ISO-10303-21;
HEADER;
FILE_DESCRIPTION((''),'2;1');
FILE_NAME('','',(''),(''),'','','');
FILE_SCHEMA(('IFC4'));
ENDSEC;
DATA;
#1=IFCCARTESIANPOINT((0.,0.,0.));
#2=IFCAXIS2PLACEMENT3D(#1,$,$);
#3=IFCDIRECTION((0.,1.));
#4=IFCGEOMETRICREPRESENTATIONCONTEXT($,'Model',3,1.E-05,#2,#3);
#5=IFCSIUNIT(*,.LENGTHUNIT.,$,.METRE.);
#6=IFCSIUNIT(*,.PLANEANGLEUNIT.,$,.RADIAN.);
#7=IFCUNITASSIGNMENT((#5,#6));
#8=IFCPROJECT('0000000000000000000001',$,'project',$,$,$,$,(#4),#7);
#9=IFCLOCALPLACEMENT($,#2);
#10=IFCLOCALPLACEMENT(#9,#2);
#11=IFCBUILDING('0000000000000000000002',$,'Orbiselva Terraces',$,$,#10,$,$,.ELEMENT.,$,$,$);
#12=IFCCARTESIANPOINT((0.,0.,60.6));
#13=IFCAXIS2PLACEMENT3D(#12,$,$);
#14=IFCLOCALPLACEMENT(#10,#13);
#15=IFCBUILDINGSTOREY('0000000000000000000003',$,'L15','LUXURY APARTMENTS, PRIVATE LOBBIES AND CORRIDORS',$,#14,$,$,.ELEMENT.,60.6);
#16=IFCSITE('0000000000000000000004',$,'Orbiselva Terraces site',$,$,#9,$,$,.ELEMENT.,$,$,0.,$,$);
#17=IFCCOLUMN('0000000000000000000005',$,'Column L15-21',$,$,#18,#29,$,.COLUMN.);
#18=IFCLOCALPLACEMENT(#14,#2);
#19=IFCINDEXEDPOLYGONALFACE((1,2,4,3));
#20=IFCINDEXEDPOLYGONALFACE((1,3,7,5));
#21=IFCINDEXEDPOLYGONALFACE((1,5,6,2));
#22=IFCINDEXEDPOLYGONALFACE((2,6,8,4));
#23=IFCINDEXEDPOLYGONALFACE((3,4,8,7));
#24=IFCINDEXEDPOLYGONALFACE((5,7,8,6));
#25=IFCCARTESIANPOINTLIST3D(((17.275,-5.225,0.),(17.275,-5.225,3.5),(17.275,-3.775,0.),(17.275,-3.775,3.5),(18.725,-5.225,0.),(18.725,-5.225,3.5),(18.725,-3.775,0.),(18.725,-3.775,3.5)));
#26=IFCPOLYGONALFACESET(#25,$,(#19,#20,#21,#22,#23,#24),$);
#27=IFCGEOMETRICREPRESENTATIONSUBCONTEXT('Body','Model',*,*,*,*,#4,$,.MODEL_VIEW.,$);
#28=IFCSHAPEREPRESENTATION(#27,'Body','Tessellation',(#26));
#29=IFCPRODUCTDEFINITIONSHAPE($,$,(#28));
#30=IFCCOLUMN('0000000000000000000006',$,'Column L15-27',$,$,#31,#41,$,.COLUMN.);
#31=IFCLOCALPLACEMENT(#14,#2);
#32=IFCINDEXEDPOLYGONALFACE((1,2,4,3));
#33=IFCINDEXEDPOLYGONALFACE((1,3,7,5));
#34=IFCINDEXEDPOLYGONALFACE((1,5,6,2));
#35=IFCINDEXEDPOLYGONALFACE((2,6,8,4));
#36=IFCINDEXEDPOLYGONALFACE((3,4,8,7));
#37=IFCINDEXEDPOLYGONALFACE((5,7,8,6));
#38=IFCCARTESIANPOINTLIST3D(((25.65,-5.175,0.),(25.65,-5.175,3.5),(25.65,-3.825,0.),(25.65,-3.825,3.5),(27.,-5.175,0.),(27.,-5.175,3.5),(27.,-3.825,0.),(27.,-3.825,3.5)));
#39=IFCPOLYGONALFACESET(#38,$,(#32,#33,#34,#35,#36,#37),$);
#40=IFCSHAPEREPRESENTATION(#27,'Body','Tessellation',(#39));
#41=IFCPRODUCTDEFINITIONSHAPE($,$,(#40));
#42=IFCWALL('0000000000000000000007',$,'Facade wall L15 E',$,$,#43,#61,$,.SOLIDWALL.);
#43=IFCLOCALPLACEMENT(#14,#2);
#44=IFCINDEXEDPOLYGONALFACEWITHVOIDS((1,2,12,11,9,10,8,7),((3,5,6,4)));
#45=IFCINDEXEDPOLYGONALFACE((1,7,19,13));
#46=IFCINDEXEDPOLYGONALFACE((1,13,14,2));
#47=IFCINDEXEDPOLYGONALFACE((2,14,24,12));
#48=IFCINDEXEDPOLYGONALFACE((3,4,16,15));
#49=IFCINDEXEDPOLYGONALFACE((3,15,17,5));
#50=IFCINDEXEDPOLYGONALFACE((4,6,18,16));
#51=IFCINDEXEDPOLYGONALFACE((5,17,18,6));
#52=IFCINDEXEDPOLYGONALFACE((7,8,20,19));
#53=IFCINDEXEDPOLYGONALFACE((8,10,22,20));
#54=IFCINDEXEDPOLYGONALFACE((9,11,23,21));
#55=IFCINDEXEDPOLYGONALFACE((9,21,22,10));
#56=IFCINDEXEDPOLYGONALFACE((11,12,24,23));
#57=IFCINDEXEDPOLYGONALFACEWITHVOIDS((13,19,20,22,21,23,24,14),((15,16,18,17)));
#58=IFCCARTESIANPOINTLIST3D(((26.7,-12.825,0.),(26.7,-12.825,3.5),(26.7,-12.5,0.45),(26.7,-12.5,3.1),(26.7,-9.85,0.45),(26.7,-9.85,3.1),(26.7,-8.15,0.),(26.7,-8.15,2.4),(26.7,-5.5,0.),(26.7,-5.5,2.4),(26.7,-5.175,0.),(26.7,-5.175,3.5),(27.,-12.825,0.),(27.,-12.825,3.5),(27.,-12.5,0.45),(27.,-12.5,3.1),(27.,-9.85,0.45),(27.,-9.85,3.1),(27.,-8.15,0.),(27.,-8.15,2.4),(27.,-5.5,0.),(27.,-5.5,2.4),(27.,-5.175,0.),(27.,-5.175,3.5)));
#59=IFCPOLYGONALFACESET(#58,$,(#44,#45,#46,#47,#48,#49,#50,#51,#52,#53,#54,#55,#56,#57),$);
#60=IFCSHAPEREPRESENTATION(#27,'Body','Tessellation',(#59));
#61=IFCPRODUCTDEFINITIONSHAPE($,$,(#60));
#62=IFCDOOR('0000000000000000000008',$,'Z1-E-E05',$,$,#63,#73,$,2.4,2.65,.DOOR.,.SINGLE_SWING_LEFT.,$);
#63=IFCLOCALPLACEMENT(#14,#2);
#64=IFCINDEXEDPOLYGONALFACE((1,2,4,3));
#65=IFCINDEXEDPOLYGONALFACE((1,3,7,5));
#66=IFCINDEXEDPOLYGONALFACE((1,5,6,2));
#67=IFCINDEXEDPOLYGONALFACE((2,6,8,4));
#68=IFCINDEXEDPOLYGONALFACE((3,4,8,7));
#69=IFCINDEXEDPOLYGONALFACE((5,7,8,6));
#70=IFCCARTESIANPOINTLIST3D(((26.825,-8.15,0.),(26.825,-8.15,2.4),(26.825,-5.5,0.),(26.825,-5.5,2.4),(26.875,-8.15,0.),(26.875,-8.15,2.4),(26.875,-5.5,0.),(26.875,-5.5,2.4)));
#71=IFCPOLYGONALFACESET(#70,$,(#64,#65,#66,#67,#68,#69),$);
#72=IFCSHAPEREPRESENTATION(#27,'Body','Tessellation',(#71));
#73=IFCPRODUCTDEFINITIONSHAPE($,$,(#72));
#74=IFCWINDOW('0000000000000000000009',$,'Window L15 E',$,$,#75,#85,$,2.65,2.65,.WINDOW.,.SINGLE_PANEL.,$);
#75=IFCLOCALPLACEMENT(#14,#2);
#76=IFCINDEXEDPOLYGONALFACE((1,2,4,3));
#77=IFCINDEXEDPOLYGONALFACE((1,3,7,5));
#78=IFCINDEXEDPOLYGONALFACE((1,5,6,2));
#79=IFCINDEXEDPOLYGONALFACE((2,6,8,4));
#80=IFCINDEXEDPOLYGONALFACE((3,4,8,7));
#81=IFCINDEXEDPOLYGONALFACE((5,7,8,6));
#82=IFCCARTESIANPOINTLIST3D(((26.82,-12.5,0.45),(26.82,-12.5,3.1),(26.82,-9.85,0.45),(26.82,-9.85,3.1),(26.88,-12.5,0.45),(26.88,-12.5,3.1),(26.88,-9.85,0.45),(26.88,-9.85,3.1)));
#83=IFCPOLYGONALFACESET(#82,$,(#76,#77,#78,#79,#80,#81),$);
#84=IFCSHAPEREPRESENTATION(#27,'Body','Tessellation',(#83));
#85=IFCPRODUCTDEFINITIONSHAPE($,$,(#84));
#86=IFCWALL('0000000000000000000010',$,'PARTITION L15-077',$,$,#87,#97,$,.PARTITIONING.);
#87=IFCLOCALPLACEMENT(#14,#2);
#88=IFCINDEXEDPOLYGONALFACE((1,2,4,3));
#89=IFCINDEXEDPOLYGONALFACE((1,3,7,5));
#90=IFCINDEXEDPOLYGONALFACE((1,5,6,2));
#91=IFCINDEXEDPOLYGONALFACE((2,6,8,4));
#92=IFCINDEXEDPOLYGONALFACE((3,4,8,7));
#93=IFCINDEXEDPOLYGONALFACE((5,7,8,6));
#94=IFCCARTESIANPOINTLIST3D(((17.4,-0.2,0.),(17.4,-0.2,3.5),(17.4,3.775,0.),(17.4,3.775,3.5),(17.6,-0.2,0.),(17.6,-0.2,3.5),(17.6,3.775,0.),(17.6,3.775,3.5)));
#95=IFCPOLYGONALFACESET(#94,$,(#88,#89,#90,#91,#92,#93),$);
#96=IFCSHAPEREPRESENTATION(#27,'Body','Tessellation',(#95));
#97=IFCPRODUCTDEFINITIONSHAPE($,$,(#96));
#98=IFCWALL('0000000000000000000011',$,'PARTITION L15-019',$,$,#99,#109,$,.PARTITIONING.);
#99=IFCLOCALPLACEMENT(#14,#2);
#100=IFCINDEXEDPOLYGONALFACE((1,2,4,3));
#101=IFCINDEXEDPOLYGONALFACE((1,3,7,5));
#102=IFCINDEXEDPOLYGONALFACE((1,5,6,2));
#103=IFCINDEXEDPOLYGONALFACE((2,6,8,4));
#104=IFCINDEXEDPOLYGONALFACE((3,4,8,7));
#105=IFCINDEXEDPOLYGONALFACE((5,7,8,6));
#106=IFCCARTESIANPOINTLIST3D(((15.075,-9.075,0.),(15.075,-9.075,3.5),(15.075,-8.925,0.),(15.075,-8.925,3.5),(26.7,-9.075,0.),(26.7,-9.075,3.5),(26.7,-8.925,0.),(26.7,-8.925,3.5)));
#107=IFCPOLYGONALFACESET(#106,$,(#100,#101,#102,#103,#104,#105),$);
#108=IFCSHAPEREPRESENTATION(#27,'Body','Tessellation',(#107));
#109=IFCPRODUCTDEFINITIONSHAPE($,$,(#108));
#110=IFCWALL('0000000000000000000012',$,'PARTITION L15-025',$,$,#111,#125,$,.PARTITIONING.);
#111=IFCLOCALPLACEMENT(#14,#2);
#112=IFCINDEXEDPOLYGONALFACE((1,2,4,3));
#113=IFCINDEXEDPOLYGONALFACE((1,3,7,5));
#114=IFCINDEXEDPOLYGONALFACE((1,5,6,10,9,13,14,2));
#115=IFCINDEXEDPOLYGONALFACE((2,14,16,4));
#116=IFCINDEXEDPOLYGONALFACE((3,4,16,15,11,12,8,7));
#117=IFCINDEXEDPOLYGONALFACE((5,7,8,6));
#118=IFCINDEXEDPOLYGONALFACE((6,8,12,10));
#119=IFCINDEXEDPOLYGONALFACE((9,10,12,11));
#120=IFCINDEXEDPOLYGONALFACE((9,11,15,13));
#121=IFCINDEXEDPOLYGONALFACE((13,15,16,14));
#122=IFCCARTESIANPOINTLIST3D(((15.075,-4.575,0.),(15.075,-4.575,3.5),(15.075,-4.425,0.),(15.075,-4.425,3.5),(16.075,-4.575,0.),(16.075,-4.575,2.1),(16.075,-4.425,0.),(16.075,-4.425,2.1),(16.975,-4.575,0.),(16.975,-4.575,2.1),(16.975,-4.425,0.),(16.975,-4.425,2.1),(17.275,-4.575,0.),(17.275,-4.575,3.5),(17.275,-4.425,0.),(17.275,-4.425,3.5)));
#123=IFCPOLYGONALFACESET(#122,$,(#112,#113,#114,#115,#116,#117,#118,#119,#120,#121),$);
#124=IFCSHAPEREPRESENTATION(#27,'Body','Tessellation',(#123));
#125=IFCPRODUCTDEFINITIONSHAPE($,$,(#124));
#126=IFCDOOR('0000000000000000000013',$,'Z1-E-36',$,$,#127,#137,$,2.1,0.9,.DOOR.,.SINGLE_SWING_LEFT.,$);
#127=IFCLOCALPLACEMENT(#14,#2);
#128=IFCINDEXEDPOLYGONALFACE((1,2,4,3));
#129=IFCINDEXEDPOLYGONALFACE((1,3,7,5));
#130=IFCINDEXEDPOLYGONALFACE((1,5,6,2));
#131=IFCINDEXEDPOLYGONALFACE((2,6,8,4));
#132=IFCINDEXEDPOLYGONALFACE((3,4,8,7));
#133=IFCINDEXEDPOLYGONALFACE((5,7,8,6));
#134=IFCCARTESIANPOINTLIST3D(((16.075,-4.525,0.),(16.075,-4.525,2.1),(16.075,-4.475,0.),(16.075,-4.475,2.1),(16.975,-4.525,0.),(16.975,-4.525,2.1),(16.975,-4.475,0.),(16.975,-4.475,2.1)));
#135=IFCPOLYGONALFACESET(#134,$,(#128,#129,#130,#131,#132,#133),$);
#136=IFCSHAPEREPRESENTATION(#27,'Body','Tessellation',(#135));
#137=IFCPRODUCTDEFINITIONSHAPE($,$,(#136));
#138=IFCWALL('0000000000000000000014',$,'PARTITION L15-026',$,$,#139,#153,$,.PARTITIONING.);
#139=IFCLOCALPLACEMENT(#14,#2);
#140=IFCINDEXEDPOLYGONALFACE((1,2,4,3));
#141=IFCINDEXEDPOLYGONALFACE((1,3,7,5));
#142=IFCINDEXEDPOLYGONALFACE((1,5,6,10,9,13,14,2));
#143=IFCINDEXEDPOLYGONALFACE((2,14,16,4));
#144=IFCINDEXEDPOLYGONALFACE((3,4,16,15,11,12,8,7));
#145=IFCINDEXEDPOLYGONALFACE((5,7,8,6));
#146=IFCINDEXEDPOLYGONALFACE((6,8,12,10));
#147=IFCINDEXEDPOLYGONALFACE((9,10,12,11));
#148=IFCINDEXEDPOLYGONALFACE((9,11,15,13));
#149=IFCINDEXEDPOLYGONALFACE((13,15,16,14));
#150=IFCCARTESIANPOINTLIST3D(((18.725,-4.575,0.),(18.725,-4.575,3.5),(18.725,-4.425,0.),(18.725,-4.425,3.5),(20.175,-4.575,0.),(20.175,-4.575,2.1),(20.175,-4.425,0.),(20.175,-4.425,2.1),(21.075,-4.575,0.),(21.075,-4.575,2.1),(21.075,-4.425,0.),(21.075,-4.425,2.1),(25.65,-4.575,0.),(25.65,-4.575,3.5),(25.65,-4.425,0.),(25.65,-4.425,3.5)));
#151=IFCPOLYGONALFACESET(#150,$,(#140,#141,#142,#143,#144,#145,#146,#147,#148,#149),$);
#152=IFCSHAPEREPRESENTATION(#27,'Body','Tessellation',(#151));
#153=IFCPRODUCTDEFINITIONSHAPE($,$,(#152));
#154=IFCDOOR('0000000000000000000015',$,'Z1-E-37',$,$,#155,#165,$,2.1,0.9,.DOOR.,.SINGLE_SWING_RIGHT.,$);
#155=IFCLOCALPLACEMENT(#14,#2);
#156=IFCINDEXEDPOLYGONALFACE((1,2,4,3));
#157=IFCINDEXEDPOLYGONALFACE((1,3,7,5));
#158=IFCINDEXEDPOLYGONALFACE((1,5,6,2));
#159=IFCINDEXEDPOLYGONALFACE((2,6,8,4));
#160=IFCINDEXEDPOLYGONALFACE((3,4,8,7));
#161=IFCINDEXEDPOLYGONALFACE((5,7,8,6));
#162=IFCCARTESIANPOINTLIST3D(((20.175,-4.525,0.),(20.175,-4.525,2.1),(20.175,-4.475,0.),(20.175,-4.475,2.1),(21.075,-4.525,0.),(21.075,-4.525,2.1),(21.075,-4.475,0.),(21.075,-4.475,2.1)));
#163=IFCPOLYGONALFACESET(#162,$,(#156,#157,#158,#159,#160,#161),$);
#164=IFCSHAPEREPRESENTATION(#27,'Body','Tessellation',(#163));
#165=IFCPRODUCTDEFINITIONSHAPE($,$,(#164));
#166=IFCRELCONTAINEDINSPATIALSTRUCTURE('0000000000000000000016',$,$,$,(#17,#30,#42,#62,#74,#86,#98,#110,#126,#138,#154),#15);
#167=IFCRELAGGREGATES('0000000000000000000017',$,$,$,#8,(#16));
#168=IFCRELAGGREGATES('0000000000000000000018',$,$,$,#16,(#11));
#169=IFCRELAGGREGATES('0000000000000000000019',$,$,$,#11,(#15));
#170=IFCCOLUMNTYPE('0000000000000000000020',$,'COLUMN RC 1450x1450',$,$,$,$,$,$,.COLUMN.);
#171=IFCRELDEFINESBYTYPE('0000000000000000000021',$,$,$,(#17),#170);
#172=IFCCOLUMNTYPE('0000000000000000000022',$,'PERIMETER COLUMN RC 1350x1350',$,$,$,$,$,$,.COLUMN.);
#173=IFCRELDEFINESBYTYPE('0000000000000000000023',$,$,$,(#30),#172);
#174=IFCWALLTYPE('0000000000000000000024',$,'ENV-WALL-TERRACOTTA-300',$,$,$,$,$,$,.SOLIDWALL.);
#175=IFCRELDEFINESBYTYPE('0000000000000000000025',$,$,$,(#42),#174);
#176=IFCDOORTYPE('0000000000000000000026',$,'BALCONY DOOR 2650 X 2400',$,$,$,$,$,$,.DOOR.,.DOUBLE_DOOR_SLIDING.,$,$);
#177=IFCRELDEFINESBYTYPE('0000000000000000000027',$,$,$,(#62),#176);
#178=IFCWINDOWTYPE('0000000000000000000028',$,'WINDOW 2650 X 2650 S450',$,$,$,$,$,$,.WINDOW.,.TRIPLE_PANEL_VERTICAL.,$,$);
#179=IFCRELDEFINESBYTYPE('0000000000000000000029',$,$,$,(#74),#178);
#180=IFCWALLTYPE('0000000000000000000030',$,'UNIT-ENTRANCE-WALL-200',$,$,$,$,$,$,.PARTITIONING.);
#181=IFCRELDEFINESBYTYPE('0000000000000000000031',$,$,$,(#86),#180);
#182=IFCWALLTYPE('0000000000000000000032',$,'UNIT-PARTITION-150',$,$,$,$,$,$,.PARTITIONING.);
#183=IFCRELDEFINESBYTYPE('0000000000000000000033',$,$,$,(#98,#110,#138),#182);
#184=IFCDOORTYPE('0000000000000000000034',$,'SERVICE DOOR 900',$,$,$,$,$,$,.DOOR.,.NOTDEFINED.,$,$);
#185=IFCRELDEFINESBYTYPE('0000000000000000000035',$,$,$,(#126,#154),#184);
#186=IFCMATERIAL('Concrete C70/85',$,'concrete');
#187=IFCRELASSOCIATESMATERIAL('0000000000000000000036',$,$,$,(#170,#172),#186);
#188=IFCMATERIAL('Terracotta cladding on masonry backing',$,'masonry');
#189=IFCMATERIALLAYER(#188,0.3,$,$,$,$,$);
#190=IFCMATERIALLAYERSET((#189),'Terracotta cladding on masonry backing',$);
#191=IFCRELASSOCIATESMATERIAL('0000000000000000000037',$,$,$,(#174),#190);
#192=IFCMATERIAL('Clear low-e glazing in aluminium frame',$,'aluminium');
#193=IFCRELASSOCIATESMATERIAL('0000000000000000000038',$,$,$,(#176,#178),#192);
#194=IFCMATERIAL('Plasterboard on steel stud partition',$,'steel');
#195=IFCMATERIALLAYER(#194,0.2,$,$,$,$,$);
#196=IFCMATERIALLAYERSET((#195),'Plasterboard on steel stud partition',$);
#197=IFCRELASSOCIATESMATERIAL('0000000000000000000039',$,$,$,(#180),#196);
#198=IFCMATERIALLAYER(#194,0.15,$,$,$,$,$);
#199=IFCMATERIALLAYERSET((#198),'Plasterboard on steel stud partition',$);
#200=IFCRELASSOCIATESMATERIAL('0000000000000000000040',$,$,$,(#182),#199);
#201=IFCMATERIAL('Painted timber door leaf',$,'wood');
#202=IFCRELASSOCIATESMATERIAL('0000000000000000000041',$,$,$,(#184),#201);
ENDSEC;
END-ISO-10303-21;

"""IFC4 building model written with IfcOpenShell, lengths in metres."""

from ifc_helpers import new_model, si_unit, direction, frame, frame_2d, origin, origin_2d, place, context, subcontext, project, spatial, rectangle, extrude, material, layer, layer_set, material_profile, profile_set, type_object, element, fill, save


model = new_model("IFC4")

# Units and contexts
model_context = context("Model", 3, precision=1e-05, world=origin(), true_north=direction((0.0, 1.0)))
body_context = subcontext(model_context, "Body", "Model", "MODEL_VIEW")
ifc_project = project(units=[si_unit("LENGTHUNIT", "METRE"), si_unit("PLANEANGLEUNIT", "RADIAN")], contexts=[model_context])

# Site, building, storey
site_placement = place(None, origin())
site = spatial("IfcSite", under=ifc_project, at=site_placement, Name="Orbiselva Terraces site", CompositionType="ELEMENT", RefElevation=0.0)
building_placement = place(site_placement, origin())
building = spatial("IfcBuilding", under=site, at=building_placement, Name="Orbiselva Terraces", CompositionType="ELEMENT")
storey_placement = place(building_placement, frame((0.0, 0.0, 60.6)))
storey = spatial("IfcBuildingStorey", under=building, at=storey_placement, Name="L15", Description="LUXURY APARTMENTS, PRIVATE LOBBIES AND CORRIDORS", CompositionType="ELEMENT", Elevation=60.6)

# Columns
ifc_material_1 = material(Name="Concrete C70/85", Category="concrete")
ifc_material_profile_1 = material_profile(ifc_material_1, rectangle(XDim=1.45, YDim=1.45, at=origin_2d()), Name="RC 1450x1450")
ifc_profile_set_1 = profile_set([ifc_material_profile_1], Name="Concrete C70/85")
column_type_1 = type_object("IfcColumnType", Name="COLUMN RC 1450x1450", PredefinedType="COLUMN", material=ifc_profile_set_1)
column_1_placement = place(storey_placement, frame((18.0, -4.5, 0.0), z_axis=(0.0, 0.0, 1.0), x_axis=(1.0, 0.0, 0.0)))
element("IfcColumn", 1, at=column_1_placement, inside=storey, type_object=column_type_1, Name="Column L15-21", PredefinedType="COLUMN", context=body_context, shape_type="SweptSolid", body=[
    extrude(rectangle(XDim=1.45, YDim=1.45, at=origin_2d()), origin(), (0.0, 0.0, 1.0), 3.5),
])
ifc_material_profile_2 = material_profile(ifc_material_1, rectangle(XDim=1.35, YDim=1.35, at=origin_2d()), Name="RC 1350x1350")
ifc_profile_set_2 = profile_set([ifc_material_profile_2], Name="Concrete C70/85")
column_type_2 = type_object("IfcColumnType", Name="PERIMETER COLUMN RC 1350x1350", PredefinedType="COLUMN", material=ifc_profile_set_2)
column_2_placement = place(storey_placement, frame((26.325, -4.5, 0.0), z_axis=(0.0, 0.0, 1.0), x_axis=(1.0, 0.0, 0.0)))
element("IfcColumn", 2, at=column_2_placement, inside=storey, type_object=column_type_2, Name="Column L15-27", PredefinedType="COLUMN", context=body_context, shape_type="SweptSolid", body=[
    extrude(rectangle(XDim=1.35, YDim=1.35, at=origin_2d()), origin(), (0.0, 0.0, 1.0), 3.5),
])

# Wall, openings, door, window
ifc_material_2 = material(Name="Terracotta cladding on masonry backing", Category="masonry")
ifc_layer_1 = layer(ifc_material_2, 0.3)
ifc_layer_set_1 = layer_set([ifc_layer_1], Name="Terracotta cladding on masonry backing")
wall_type_1 = type_object("IfcWallType", Name="ENV-WALL-TERRACOTTA-300", PredefinedType="SOLIDWALL", material=ifc_layer_set_1)
wall_1_placement = place(storey_placement, frame((26.85, -5.175, 0.0), z_axis=(0.0, 0.0, 1.0), x_axis=(0.0, -1.0, 0.0)))
wall_1 = element("IfcWall", 3, at=wall_1_placement, inside=storey, type_object=wall_type_1, Name="Facade wall L15 E", PredefinedType="SOLIDWALL", context=body_context, shape_type="SweptSolid", body=[
    extrude(rectangle(XDim=7.65, YDim=0.3, at=frame_2d((3.825, 0.0))), origin(), (0.0, 0.0, 1.0), 3.5),
])
opening_1_placement = place(wall_1_placement, frame((4.675, 0.0, 0.45)))
opening_1 = element("IfcOpeningElement", 4, at=opening_1_placement, cuts=wall_1, PredefinedType="OPENING", context=body_context, shape_type="SweptSolid", body=[
    extrude(rectangle(XDim=2.65, YDim=2.65, at=frame_2d((1.325, 1.325))), frame((0.0, 0.16, 0.0), z_axis=(0.0, -1.0, 0.0), x_axis=(1.0, 0.0, 0.0)), (0.0, 0.0, 1.0), 0.32),
])
opening_2_placement = place(wall_1_placement, frame((0.325, 0.0, 0.0)))
opening_2 = element("IfcOpeningElement", 5, at=opening_2_placement, cuts=wall_1, PredefinedType="OPENING", context=body_context, shape_type="SweptSolid", body=[
    extrude(rectangle(XDim=2.65, YDim=2.4, at=frame_2d((1.325, 1.2))), frame((0.0, 0.16, 0.0), z_axis=(0.0, -1.0, 0.0), x_axis=(1.0, 0.0, 0.0)), (0.0, 0.0, 1.0), 0.32),
])
ifc_material_3 = material(Name="Clear low-e glazing in aluminium frame", Category="aluminium")
door_type_1 = type_object("IfcDoorType", Name="BALCONY DOOR 2650 X 2400", OperationType="DOUBLE_DOOR_SLIDING", PredefinedType="DOOR", material=ifc_material_3)
door_1_placement = place(opening_2_placement, origin())
door_1 = element("IfcDoor", 6, at=door_1_placement, inside=storey, type_object=door_type_1, Name="Z1-E-E05", OperationType="SINGLE_SWING_LEFT", OverallHeight=2.4, OverallWidth=2.65, PredefinedType="DOOR", context=body_context, shape_type="SweptSolid", body=[
    extrude(rectangle(XDim=2.65, YDim=2.4, at=frame_2d((1.325, 1.2))), frame((0.0, 0.025, 0.0), z_axis=(0.0, -1.0, 0.0), x_axis=(1.0, 0.0, 0.0)), (0.0, 0.0, 1.0), 0.05),
])
fill(opening_2, door_1)
window_type = type_object("IfcWindowType", Name="WINDOW 2650 X 2650 S450", PartitioningType="TRIPLE_PANEL_VERTICAL", PredefinedType="WINDOW", material=ifc_material_3)
window_placement = place(opening_1_placement, origin())
window = element("IfcWindow", 7, at=window_placement, inside=storey, type_object=window_type, Name="Window L15 E", OverallHeight=2.65, OverallWidth=2.65, PartitioningType="SINGLE_PANEL", PredefinedType="WINDOW", context=body_context, shape_type="SweptSolid", body=[
    extrude(rectangle(XDim=2.65, YDim=2.65, at=frame_2d((1.325, 1.325))), frame((0.0, 0.03, 0.0), z_axis=(0.0, -1.0, 0.0), x_axis=(1.0, 0.0, 0.0)), (0.0, 0.0, 1.0), 0.06),
])
fill(opening_1, window)

# Walls
ifc_material_4 = material(Name="Plasterboard on steel stud partition", Category="steel")
ifc_layer_2 = layer(ifc_material_4, 0.2)
ifc_layer_set_2 = layer_set([ifc_layer_2], Name="Plasterboard on steel stud partition")
wall_type_2 = type_object("IfcWallType", Name="UNIT-ENTRANCE-WALL-200", PredefinedType="PARTITIONING", material=ifc_layer_set_2)
wall_2_placement = place(storey_placement, frame((17.5, -0.2, 0.0), z_axis=(0.0, 0.0, 1.0), x_axis=(0.0, 1.0, 0.0)))
element("IfcWall", 8, at=wall_2_placement, inside=storey, type_object=wall_type_2, Name="PARTITION L15-077", PredefinedType="PARTITIONING", context=body_context, shape_type="SweptSolid", body=[
    extrude(rectangle(XDim=3.975, YDim=0.2, at=frame_2d((1.9875, 0.0))), origin(), (0.0, 0.0, 1.0), 3.5),
])
ifc_layer_3 = layer(ifc_material_4, 0.15)
ifc_layer_set_3 = layer_set([ifc_layer_3], Name="Plasterboard on steel stud partition")
wall_type_3 = type_object("IfcWallType", Name="UNIT-PARTITION-150", PredefinedType="PARTITIONING", material=ifc_layer_set_3)
wall_3_placement = place(storey_placement, frame((15.075, -9.0, 0.0), z_axis=(0.0, 0.0, 1.0), x_axis=(1.0, 0.0, 0.0)))
element("IfcWall", 9, at=wall_3_placement, inside=storey, type_object=wall_type_3, Name="PARTITION L15-019", PredefinedType="PARTITIONING", context=body_context, shape_type="SweptSolid", body=[
    extrude(rectangle(XDim=11.625, YDim=0.15, at=frame_2d((5.8125, 0.0))), origin(), (0.0, 0.0, 1.0), 3.5),
])

# Walls, openings, doors
wall_4_placement = place(storey_placement, frame((17.275, -4.5, 0.0), z_axis=(0.0, 0.0, 1.0), x_axis=(-1.0, 0.0, 0.0)))
wall_4 = element("IfcWall", 10, at=wall_4_placement, inside=storey, type_object=wall_type_3, Name="PARTITION L15-025", PredefinedType="PARTITIONING", context=body_context, shape_type="SweptSolid", body=[
    extrude(rectangle(XDim=2.2, YDim=0.15, at=frame_2d((1.1, 0.0))), origin(), (0.0, 0.0, 1.0), 3.5),
])
opening_3_placement = place(wall_4_placement, frame((0.3, 0.0, 0.0)))
opening_3 = element("IfcOpeningElement", 11, at=opening_3_placement, cuts=wall_4, PredefinedType="OPENING", context=body_context, shape_type="SweptSolid", body=[
    extrude(rectangle(XDim=0.9, YDim=2.1, at=frame_2d((0.45, 1.05))), frame((0.0, 0.085, 0.0), z_axis=(0.0, -1.0, 0.0), x_axis=(1.0, 0.0, 0.0)), (0.0, 0.0, 1.0), 0.17),
])
ifc_material_5 = material(Name="Painted timber door leaf", Category="wood")
door_type_2 = type_object("IfcDoorType", Name="SERVICE DOOR 900", OperationType="NOTDEFINED", PredefinedType="DOOR", material=ifc_material_5)
door_2_placement = place(opening_3_placement, origin())
door_2 = element("IfcDoor", 12, at=door_2_placement, inside=storey, type_object=door_type_2, Name="Z1-E-36", OperationType="SINGLE_SWING_LEFT", OverallHeight=2.1, OverallWidth=0.9, PredefinedType="DOOR", context=body_context, shape_type="SweptSolid", body=[
    extrude(rectangle(XDim=0.9, YDim=2.1, at=frame_2d((0.45, 1.05))), frame((0.0, 0.025, 0.0), z_axis=(0.0, -1.0, 0.0), x_axis=(1.0, 0.0, 0.0)), (0.0, 0.0, 1.0), 0.05),
])
fill(opening_3, door_2)
wall_5_placement = place(storey_placement, frame((25.65, -4.5, 0.0), z_axis=(0.0, 0.0, 1.0), x_axis=(-1.0, 0.0, 0.0)))
wall_5 = element("IfcWall", 13, at=wall_5_placement, inside=storey, type_object=wall_type_3, Name="PARTITION L15-026", PredefinedType="PARTITIONING", context=body_context, shape_type="SweptSolid", body=[
    extrude(rectangle(XDim=6.925, YDim=0.15, at=frame_2d((3.4625, 0.0))), origin(), (0.0, 0.0, 1.0), 3.5),
])
opening_4_placement = place(wall_5_placement, frame((4.575, 0.0, 0.0)))
opening_4 = element("IfcOpeningElement", 14, at=opening_4_placement, cuts=wall_5, PredefinedType="OPENING", context=body_context, shape_type="SweptSolid", body=[
    extrude(rectangle(XDim=0.9, YDim=2.1, at=frame_2d((0.45, 1.05))), frame((0.0, 0.085, 0.0), z_axis=(0.0, -1.0, 0.0), x_axis=(1.0, 0.0, 0.0)), (0.0, 0.0, 1.0), 0.17),
])
door_3_placement = place(opening_4_placement, origin())
door_3 = element("IfcDoor", 15, at=door_3_placement, inside=storey, type_object=door_type_2, Name="Z1-E-37", OperationType="SINGLE_SWING_RIGHT", OverallHeight=2.1, OverallWidth=0.9, PredefinedType="DOOR", context=body_context, shape_type="SweptSolid", body=[
    extrude(rectangle(XDim=0.9, YDim=2.1, at=frame_2d((0.45, 1.05))), frame((0.0, 0.025, 0.0), z_axis=(0.0, -1.0, 0.0), x_axis=(1.0, 0.0, 0.0)), (0.0, 0.0, 1.0), 0.05),
])
fill(opening_4, door_3)

save(model, "model.ifc")
